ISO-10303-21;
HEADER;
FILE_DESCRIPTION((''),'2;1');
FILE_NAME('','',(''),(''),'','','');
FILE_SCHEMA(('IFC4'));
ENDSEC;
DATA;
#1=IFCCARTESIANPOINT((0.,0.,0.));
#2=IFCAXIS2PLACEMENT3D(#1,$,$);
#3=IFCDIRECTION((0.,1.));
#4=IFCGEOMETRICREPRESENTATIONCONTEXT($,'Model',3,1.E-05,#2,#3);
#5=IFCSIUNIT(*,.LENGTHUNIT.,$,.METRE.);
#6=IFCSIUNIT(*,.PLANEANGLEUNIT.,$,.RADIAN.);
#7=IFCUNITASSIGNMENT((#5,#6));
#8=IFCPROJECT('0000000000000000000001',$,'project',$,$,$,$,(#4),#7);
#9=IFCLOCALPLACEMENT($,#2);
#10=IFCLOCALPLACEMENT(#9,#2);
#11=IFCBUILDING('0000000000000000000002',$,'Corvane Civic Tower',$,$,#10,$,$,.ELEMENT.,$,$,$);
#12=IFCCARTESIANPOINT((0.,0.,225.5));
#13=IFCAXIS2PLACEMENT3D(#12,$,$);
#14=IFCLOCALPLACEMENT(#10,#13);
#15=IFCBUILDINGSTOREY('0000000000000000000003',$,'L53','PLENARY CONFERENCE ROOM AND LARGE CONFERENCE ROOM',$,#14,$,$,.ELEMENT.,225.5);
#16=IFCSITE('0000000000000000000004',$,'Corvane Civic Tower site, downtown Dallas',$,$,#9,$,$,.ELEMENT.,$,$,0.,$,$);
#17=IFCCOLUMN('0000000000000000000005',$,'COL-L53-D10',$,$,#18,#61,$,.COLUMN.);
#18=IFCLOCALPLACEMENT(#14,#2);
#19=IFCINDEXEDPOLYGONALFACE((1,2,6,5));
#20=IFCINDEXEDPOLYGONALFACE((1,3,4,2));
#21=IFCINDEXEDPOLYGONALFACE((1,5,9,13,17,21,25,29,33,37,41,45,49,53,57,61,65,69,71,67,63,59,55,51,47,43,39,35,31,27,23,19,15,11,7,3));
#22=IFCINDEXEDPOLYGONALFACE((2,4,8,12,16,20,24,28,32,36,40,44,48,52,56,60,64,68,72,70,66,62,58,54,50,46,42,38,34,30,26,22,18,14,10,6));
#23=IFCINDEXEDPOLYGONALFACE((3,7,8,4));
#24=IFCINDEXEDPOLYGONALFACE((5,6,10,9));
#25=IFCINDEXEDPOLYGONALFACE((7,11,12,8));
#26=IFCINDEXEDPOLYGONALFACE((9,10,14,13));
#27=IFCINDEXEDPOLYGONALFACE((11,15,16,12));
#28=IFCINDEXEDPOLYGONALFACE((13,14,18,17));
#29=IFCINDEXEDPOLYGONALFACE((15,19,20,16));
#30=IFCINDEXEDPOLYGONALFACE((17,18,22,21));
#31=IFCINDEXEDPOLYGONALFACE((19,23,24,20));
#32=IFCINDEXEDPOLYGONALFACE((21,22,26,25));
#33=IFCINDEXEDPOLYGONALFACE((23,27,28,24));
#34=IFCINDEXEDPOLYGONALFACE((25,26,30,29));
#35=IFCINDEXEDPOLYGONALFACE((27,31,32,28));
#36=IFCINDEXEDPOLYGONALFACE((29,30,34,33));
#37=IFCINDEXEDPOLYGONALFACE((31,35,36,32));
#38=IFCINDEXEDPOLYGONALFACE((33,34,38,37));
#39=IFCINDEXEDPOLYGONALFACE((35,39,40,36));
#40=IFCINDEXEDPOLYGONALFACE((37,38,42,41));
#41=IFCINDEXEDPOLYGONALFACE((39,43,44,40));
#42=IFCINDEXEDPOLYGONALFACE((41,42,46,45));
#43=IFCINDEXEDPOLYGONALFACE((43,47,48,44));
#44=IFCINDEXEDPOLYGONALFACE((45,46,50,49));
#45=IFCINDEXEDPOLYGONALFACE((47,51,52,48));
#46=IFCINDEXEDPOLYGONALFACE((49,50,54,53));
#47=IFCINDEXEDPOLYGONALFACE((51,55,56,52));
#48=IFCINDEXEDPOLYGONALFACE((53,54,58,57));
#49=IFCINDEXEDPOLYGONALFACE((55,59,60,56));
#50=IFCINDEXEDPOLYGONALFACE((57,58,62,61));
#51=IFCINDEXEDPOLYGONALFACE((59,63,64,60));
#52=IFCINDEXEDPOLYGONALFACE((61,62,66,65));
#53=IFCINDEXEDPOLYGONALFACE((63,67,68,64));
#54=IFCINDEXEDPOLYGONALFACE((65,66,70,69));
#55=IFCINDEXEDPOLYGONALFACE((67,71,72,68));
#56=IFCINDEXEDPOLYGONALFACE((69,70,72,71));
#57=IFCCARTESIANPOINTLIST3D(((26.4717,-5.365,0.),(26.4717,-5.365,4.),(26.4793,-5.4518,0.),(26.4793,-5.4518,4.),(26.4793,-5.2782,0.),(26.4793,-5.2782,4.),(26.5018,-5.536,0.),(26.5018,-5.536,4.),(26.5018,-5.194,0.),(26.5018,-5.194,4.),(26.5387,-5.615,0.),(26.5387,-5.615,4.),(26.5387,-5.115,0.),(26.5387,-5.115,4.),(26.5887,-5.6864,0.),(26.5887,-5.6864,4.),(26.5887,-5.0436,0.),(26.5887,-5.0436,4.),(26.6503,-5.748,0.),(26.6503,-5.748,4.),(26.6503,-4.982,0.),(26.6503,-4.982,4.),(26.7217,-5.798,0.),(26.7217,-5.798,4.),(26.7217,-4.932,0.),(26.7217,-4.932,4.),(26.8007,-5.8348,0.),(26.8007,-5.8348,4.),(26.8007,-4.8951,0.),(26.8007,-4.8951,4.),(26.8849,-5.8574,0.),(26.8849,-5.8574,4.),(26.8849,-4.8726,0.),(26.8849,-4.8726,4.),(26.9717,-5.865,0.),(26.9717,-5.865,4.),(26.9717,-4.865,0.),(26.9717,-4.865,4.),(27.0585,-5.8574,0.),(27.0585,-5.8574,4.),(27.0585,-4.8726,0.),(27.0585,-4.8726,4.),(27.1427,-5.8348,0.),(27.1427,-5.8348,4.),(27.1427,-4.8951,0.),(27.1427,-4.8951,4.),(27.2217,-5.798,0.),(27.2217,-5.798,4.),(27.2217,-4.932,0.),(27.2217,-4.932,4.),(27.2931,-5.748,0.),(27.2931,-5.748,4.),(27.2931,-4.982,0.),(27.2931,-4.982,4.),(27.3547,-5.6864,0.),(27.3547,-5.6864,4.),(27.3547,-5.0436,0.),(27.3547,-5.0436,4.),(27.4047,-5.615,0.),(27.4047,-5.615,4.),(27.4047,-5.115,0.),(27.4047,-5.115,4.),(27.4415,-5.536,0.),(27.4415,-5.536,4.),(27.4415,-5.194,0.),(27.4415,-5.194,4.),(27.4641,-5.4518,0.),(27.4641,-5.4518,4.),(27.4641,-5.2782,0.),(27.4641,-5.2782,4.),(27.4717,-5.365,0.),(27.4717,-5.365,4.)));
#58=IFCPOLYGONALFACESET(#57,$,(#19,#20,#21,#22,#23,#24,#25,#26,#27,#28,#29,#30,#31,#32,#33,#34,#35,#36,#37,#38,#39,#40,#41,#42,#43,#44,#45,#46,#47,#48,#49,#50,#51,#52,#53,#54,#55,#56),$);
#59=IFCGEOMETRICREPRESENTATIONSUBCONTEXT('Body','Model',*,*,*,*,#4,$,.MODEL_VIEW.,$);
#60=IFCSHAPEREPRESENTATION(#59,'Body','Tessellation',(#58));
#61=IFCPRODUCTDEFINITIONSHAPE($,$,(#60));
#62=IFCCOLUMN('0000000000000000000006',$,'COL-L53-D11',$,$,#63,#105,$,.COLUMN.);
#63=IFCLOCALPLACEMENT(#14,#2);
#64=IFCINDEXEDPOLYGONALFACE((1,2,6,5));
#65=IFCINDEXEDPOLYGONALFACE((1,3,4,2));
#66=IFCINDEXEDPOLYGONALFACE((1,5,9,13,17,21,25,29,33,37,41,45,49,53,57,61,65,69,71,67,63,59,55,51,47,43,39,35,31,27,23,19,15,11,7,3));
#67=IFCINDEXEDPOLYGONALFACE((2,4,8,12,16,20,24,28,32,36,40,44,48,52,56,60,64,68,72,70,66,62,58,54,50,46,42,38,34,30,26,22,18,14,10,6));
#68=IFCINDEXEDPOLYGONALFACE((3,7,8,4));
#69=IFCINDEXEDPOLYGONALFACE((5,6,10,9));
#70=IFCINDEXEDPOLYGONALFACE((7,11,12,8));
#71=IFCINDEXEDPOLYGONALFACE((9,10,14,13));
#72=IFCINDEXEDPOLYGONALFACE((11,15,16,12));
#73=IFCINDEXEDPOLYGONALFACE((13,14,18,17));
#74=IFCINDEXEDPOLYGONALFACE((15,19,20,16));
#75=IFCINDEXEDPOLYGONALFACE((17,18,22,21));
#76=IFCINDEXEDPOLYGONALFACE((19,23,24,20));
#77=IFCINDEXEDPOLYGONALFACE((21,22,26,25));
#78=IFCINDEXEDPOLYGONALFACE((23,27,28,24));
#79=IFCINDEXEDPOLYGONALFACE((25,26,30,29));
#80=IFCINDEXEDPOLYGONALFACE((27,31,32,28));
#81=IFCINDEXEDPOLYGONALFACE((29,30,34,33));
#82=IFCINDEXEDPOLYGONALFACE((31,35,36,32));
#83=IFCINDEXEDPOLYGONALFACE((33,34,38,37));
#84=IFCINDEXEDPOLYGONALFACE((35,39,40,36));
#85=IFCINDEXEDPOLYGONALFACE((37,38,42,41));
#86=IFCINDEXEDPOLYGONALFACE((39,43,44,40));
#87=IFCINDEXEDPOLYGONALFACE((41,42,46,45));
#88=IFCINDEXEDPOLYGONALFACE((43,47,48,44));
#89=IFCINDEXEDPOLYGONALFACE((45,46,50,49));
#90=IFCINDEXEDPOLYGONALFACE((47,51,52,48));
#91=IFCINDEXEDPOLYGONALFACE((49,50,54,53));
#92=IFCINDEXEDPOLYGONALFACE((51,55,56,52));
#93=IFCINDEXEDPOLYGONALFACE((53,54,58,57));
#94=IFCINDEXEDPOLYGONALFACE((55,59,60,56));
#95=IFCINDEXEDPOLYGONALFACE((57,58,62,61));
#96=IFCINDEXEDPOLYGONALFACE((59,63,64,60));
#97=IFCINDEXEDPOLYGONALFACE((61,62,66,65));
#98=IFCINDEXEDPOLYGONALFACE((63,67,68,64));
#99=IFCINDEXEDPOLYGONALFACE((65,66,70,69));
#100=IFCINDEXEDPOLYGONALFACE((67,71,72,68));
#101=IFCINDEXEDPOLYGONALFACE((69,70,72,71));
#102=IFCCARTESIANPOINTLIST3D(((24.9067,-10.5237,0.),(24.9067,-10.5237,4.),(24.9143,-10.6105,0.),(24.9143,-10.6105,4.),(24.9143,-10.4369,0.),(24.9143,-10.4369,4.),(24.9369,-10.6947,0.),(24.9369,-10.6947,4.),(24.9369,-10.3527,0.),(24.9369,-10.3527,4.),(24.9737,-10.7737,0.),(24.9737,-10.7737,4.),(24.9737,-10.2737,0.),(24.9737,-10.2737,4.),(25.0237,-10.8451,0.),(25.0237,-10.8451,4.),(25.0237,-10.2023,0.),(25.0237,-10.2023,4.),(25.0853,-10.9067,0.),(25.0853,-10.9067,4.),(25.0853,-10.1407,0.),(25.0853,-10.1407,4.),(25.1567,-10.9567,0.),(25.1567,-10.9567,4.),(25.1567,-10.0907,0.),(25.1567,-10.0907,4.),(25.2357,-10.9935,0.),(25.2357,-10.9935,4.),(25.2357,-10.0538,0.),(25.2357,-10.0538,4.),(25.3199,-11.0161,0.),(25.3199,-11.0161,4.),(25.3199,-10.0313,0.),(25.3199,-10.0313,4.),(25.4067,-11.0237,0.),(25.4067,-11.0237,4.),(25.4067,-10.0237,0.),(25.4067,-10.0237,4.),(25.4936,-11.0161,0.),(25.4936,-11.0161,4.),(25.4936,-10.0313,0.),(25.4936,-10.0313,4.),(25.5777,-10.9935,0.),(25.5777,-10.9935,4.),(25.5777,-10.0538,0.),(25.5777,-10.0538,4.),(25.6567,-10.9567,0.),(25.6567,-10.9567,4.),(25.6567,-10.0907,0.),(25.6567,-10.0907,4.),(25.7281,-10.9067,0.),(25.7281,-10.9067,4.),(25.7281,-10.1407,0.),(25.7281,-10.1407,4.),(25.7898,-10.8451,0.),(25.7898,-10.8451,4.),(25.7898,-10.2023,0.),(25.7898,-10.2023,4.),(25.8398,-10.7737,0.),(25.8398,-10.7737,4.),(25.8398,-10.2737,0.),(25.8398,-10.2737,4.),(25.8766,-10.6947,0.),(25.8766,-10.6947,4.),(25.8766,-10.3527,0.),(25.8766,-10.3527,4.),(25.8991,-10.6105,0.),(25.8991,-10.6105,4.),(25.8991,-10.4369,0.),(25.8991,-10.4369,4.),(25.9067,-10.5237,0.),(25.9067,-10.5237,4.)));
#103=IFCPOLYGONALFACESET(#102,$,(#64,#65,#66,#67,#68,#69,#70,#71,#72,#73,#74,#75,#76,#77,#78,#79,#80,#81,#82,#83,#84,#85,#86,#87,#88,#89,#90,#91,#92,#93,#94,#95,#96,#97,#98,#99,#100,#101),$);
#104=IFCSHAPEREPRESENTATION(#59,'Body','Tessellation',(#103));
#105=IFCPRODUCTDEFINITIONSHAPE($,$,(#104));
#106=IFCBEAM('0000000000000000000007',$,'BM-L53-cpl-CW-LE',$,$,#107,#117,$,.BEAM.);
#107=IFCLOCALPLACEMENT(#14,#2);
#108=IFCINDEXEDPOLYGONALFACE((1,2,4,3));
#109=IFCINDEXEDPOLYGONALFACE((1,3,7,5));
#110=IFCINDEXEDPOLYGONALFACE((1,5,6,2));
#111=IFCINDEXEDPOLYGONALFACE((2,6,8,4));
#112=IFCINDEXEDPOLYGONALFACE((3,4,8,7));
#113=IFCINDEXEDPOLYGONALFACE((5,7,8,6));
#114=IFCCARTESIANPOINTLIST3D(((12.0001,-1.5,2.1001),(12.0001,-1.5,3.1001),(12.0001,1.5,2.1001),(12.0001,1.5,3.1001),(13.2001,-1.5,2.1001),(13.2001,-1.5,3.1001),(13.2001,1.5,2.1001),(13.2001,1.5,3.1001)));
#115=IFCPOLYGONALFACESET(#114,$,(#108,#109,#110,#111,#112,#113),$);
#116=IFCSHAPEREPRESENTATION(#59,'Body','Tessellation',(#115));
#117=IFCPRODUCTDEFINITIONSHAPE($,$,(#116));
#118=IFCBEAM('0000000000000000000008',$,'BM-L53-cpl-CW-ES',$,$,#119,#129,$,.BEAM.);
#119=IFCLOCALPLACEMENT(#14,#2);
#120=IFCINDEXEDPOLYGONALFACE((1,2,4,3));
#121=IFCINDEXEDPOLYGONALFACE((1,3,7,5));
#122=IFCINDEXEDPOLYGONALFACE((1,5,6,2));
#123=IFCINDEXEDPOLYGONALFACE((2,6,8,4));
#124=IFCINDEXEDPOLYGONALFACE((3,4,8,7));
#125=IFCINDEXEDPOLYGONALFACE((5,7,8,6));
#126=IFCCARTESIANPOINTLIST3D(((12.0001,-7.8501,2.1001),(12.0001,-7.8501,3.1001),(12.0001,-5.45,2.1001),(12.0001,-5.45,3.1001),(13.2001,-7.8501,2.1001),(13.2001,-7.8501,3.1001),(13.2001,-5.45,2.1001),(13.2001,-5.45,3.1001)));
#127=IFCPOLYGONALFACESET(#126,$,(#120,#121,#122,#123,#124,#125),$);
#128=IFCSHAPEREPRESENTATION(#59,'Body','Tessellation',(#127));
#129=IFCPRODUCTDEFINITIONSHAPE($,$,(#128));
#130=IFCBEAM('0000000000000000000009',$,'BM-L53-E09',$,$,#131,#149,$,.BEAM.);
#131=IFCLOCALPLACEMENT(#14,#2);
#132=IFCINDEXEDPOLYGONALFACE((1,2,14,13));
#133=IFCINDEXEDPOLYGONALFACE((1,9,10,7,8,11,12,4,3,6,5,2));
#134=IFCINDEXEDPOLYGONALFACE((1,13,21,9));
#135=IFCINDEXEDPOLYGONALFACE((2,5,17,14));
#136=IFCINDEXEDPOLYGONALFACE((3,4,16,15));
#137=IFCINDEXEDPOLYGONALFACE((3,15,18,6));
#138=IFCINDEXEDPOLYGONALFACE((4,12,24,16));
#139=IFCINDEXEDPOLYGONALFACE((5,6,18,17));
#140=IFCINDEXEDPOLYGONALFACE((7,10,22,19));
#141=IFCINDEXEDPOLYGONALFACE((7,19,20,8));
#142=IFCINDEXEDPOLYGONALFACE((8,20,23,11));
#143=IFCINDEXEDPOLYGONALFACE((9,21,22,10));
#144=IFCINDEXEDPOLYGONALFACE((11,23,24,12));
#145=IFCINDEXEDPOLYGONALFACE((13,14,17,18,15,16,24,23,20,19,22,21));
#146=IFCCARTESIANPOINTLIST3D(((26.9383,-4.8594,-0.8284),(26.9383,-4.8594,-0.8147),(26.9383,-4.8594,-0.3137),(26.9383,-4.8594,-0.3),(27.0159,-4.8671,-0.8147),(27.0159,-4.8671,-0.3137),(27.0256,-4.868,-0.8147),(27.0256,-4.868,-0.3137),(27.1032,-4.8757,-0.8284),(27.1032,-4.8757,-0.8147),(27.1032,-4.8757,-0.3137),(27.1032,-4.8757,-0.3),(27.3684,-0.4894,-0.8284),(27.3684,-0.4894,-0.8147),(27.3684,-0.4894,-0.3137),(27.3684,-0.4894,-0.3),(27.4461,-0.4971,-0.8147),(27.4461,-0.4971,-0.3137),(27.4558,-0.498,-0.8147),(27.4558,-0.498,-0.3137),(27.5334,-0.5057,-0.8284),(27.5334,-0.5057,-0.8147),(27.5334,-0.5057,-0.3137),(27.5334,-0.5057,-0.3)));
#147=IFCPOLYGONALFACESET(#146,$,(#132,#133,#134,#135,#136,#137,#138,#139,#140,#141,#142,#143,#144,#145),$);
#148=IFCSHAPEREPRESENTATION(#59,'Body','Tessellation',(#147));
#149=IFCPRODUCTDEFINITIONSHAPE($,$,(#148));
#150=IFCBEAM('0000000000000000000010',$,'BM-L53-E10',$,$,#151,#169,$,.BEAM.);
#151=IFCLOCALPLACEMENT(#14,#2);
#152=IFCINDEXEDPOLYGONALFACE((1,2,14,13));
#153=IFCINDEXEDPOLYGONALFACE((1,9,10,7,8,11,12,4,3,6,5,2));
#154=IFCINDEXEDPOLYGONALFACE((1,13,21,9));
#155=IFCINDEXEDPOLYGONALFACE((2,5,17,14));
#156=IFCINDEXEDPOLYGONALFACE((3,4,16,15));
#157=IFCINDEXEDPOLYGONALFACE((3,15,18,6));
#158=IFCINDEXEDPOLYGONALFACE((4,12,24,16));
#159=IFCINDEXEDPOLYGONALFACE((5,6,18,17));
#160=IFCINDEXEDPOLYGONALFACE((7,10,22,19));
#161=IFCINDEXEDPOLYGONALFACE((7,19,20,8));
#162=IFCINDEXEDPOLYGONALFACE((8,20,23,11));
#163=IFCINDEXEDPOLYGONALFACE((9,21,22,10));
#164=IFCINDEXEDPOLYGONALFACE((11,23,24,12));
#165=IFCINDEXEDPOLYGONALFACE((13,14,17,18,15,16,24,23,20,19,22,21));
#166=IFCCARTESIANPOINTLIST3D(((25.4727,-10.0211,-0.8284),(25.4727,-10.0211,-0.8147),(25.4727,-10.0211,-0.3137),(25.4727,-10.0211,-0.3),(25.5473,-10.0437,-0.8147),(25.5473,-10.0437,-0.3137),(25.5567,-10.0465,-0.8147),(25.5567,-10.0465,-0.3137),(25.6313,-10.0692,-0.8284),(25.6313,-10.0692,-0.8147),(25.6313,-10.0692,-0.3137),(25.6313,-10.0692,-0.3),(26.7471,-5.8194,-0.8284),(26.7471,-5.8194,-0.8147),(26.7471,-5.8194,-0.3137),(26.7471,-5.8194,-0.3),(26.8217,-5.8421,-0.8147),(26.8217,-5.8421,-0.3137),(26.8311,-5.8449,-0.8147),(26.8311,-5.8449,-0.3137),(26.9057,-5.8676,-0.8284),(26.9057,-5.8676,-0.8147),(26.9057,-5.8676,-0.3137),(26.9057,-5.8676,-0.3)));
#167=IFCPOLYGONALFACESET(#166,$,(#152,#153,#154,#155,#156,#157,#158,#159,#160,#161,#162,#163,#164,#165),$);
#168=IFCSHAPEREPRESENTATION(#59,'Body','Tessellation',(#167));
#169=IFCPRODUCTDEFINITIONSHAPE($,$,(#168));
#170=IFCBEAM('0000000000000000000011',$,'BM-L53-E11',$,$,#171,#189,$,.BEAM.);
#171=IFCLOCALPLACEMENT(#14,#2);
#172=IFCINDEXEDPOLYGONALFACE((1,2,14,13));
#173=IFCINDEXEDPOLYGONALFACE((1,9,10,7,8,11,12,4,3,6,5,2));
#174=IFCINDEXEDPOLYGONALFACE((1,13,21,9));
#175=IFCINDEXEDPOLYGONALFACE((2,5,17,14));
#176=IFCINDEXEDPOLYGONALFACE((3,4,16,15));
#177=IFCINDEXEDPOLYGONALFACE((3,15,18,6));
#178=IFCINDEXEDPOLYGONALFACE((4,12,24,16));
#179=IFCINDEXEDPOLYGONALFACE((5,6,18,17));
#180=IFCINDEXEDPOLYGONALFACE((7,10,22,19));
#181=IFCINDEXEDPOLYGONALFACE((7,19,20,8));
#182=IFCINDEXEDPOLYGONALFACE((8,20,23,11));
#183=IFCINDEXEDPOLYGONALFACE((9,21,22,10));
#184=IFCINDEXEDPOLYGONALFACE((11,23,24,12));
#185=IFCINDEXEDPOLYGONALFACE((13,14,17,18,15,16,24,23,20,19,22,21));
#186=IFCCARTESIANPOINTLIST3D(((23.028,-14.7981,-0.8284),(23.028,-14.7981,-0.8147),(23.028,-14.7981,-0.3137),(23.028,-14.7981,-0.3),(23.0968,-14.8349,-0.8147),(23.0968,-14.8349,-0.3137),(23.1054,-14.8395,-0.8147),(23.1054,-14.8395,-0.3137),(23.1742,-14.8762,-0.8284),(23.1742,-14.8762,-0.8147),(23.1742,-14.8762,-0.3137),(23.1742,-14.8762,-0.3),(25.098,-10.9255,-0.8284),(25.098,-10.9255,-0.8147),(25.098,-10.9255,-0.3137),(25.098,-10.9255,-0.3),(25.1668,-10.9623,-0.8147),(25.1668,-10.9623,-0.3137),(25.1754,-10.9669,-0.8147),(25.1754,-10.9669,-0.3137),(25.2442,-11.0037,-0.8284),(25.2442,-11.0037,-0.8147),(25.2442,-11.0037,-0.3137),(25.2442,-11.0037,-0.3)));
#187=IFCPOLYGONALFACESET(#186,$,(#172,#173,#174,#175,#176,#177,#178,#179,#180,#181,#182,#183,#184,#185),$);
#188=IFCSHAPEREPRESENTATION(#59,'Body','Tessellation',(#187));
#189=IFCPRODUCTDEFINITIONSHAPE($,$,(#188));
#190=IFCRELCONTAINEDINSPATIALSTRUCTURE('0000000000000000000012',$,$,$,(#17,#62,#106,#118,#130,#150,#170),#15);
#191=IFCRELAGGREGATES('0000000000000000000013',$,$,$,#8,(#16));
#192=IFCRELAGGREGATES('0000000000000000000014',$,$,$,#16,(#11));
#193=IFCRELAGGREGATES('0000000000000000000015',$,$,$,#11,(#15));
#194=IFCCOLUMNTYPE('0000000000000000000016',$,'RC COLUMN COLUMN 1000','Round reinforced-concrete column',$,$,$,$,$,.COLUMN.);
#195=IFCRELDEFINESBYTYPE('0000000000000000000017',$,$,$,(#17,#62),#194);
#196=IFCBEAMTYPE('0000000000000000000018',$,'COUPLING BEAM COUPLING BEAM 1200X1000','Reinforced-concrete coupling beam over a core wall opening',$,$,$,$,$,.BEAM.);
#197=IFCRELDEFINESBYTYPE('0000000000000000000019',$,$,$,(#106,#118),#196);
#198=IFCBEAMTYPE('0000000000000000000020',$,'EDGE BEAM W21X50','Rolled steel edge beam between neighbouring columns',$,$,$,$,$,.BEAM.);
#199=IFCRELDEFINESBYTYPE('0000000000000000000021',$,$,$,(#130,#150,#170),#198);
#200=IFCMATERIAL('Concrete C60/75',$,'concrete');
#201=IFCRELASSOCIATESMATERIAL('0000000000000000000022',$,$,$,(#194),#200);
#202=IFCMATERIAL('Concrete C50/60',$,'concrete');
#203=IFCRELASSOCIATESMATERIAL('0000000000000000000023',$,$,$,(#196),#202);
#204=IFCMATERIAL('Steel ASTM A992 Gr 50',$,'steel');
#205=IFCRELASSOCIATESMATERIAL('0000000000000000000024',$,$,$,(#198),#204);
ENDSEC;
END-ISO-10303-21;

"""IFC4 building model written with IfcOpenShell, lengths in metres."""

from ifc_helpers import new_model, si_unit, direction, frame, origin, origin_2d, place, context, subcontext, project, spatial, rectangle, circle, i_section, extrude, material, material_profile, profile_set, type_object, element, save


model = new_model("IFC4")

# Units and contexts
model_context = context("Model", 3, precision=1e-05, world=origin(), true_north=direction((0.0, 1.0)))
body_context = subcontext(model_context, "Body", "Model", "MODEL_VIEW")
ifc_project = project(units=[si_unit("LENGTHUNIT", "METRE"), si_unit("PLANEANGLEUNIT", "RADIAN")], contexts=[model_context])

# Site, building, storey
site_placement = place(None, origin())
site = spatial("IfcSite", under=ifc_project, at=site_placement, Name="Corvane Civic Tower site, downtown Dallas", CompositionType="ELEMENT", RefElevation=0.0)
building_placement = place(site_placement, origin())
building = spatial("IfcBuilding", under=site, at=building_placement, Name="Corvane Civic Tower", CompositionType="ELEMENT")
storey_placement = place(building_placement, frame((0.0, 0.0, 225.5)))
storey = spatial("IfcBuildingStorey", under=building, at=storey_placement, Name="L53", Description="PLENARY CONFERENCE ROOM AND LARGE CONFERENCE ROOM", CompositionType="ELEMENT", Elevation=225.5)

# Columns
ifc_material_1 = material(Name="Concrete C60/75", Category="concrete")
ifc_material_profile_1 = material_profile(ifc_material_1, circle(Radius=0.5, at=origin_2d()), Name="COLUMN 1000")
ifc_profile_set_1 = profile_set([ifc_material_profile_1], Name="Concrete C60/75")
column_type = type_object("IfcColumnType", Name="RC COLUMN COLUMN 1000", Description="Round reinforced-concrete column", PredefinedType="COLUMN", material=ifc_profile_set_1)
for number, where, z_axis, x_axis, name in (
    (1, (26.9717, -5.365, 0.0), (0.0, 0.0, 1.0), (1.0, 0.0, 0.0), "COL-L53-D10"),
    (2, (25.4067, -10.5237, 0.0), (0.0, 0.0, 1.0), (1.0, 0.0, 0.0), "COL-L53-D11"),
):
    element("IfcColumn", number, at=place(storey_placement, frame(where, z_axis=z_axis, x_axis=x_axis)), inside=storey, type_object=column_type, Name=name, PredefinedType="COLUMN", context=body_context, shape_type="SweptSolid", body=[
        extrude(circle(Radius=0.5, at=origin_2d()), origin(), (0.0, 0.0, 1.0), 4.0),
    ])

# Beams
ifc_material_2 = material(Name="Concrete C50/60", Category="concrete")
ifc_material_profile_2 = material_profile(ifc_material_2, rectangle(XDim=1.2, YDim=1.0, at=origin_2d()), Name="COUPLING BEAM 1200X1000")
ifc_profile_set_2 = profile_set([ifc_material_profile_2], Name="Concrete C50/60")
beam_type_1 = type_object("IfcBeamType", Name="COUPLING BEAM COUPLING BEAM 1200X1000", Description="Reinforced-concrete coupling beam over a core wall opening", PredefinedType="BEAM", material=ifc_profile_set_2)
beam_1_placement = place(storey_placement, frame((12.6001, -1.5, 2.6001), z_axis=(0.0, 1.0, 0.0), x_axis=(-1.0, 0.0, 0.0)))
element("IfcBeam", 3, at=beam_1_placement, inside=storey, type_object=beam_type_1, Name="BM-L53-cpl-CW-LE", PredefinedType="BEAM", context=body_context, shape_type="SweptSolid", body=[
    extrude(rectangle(XDim=1.2, YDim=1.0, at=origin_2d()), origin(), (0.0, 0.0, 1.0), 3.0),
])
beam_2_placement = place(storey_placement, frame((12.6001, -7.8501, 2.6001), z_axis=(0.0, 1.0, 0.0), x_axis=(-1.0, 0.0, 0.0)))
element("IfcBeam", 4, at=beam_2_placement, inside=storey, type_object=beam_type_1, Name="BM-L53-cpl-CW-ES", PredefinedType="BEAM", context=body_context, shape_type="SweptSolid", body=[
    extrude(rectangle(XDim=1.2, YDim=1.0, at=origin_2d()), origin(), (0.0, 0.0, 1.0), 2.4001),
])
ifc_material_3 = material(Name="Steel ASTM A992 Gr 50", Category="steel")
ifc_material_profile_3 = material_profile(ifc_material_3, i_section(OverallWidth=0.1658, OverallDepth=0.5283, WebThickness=0.0098, FlangeThickness=0.0137, at=origin_2d()), Name="W21X50")
ifc_profile_set_3 = profile_set([ifc_material_profile_3], Name="Steel ASTM A992 Gr 50")
beam_type_2 = type_object("IfcBeamType", Name="EDGE BEAM W21X50", Description="Rolled steel edge beam between neighbouring columns", PredefinedType="BEAM", material=ifc_profile_set_3)
beam_3_placement = place(storey_placement, frame((27.4509, -0.4976, -0.5642), z_axis=(-0.097968, -0.99519, 0.0), x_axis=(0.99519, -0.097968, 0.0)))
element("IfcBeam", 5, at=beam_3_placement, inside=storey, type_object=beam_type_2, Name="BM-L53-E09", PredefinedType="BEAM", context=body_context, shape_type="SweptSolid", body=[
    extrude(i_section(OverallWidth=0.1658, OverallDepth=0.5283, WebThickness=0.0098, FlangeThickness=0.0137, at=origin_2d()), origin(), (0.0, 0.0, 1.0), 4.3911),
])
beam_4_placement = place(storey_placement, frame((26.8264, -5.8435, -0.5642), z_axis=(-0.290254, -0.95695, 0.0), x_axis=(0.95695, -0.290254, 0.0)))
element("IfcBeam", 6, at=beam_4_placement, inside=storey, type_object=beam_type_2, Name="BM-L53-E10", PredefinedType="BEAM", context=body_context, shape_type="SweptSolid", body=[
    extrude(i_section(OverallWidth=0.1658, OverallDepth=0.5283, WebThickness=0.0098, FlangeThickness=0.0137, at=origin_2d()), origin(), (0.0, 0.0, 1.0), 4.3906),
])
beam_5_placement = place(storey_placement, frame((25.1711, -10.9646, -0.5642), z_axis=(-0.471422, -0.881908, 0.0), x_axis=(0.881908, -0.471422, 0.0)))
element("IfcBeam", 7, at=beam_5_placement, inside=storey, type_object=beam_type_2, Name="BM-L53-E11", PredefinedType="BEAM", context=body_context, shape_type="SweptSolid", body=[
    extrude(i_section(OverallWidth=0.1658, OverallDepth=0.5283, WebThickness=0.0098, FlangeThickness=0.0137, at=origin_2d()), origin(), (0.0, 0.0, 1.0), 4.3911),
])

save(model, "model.ifc")
